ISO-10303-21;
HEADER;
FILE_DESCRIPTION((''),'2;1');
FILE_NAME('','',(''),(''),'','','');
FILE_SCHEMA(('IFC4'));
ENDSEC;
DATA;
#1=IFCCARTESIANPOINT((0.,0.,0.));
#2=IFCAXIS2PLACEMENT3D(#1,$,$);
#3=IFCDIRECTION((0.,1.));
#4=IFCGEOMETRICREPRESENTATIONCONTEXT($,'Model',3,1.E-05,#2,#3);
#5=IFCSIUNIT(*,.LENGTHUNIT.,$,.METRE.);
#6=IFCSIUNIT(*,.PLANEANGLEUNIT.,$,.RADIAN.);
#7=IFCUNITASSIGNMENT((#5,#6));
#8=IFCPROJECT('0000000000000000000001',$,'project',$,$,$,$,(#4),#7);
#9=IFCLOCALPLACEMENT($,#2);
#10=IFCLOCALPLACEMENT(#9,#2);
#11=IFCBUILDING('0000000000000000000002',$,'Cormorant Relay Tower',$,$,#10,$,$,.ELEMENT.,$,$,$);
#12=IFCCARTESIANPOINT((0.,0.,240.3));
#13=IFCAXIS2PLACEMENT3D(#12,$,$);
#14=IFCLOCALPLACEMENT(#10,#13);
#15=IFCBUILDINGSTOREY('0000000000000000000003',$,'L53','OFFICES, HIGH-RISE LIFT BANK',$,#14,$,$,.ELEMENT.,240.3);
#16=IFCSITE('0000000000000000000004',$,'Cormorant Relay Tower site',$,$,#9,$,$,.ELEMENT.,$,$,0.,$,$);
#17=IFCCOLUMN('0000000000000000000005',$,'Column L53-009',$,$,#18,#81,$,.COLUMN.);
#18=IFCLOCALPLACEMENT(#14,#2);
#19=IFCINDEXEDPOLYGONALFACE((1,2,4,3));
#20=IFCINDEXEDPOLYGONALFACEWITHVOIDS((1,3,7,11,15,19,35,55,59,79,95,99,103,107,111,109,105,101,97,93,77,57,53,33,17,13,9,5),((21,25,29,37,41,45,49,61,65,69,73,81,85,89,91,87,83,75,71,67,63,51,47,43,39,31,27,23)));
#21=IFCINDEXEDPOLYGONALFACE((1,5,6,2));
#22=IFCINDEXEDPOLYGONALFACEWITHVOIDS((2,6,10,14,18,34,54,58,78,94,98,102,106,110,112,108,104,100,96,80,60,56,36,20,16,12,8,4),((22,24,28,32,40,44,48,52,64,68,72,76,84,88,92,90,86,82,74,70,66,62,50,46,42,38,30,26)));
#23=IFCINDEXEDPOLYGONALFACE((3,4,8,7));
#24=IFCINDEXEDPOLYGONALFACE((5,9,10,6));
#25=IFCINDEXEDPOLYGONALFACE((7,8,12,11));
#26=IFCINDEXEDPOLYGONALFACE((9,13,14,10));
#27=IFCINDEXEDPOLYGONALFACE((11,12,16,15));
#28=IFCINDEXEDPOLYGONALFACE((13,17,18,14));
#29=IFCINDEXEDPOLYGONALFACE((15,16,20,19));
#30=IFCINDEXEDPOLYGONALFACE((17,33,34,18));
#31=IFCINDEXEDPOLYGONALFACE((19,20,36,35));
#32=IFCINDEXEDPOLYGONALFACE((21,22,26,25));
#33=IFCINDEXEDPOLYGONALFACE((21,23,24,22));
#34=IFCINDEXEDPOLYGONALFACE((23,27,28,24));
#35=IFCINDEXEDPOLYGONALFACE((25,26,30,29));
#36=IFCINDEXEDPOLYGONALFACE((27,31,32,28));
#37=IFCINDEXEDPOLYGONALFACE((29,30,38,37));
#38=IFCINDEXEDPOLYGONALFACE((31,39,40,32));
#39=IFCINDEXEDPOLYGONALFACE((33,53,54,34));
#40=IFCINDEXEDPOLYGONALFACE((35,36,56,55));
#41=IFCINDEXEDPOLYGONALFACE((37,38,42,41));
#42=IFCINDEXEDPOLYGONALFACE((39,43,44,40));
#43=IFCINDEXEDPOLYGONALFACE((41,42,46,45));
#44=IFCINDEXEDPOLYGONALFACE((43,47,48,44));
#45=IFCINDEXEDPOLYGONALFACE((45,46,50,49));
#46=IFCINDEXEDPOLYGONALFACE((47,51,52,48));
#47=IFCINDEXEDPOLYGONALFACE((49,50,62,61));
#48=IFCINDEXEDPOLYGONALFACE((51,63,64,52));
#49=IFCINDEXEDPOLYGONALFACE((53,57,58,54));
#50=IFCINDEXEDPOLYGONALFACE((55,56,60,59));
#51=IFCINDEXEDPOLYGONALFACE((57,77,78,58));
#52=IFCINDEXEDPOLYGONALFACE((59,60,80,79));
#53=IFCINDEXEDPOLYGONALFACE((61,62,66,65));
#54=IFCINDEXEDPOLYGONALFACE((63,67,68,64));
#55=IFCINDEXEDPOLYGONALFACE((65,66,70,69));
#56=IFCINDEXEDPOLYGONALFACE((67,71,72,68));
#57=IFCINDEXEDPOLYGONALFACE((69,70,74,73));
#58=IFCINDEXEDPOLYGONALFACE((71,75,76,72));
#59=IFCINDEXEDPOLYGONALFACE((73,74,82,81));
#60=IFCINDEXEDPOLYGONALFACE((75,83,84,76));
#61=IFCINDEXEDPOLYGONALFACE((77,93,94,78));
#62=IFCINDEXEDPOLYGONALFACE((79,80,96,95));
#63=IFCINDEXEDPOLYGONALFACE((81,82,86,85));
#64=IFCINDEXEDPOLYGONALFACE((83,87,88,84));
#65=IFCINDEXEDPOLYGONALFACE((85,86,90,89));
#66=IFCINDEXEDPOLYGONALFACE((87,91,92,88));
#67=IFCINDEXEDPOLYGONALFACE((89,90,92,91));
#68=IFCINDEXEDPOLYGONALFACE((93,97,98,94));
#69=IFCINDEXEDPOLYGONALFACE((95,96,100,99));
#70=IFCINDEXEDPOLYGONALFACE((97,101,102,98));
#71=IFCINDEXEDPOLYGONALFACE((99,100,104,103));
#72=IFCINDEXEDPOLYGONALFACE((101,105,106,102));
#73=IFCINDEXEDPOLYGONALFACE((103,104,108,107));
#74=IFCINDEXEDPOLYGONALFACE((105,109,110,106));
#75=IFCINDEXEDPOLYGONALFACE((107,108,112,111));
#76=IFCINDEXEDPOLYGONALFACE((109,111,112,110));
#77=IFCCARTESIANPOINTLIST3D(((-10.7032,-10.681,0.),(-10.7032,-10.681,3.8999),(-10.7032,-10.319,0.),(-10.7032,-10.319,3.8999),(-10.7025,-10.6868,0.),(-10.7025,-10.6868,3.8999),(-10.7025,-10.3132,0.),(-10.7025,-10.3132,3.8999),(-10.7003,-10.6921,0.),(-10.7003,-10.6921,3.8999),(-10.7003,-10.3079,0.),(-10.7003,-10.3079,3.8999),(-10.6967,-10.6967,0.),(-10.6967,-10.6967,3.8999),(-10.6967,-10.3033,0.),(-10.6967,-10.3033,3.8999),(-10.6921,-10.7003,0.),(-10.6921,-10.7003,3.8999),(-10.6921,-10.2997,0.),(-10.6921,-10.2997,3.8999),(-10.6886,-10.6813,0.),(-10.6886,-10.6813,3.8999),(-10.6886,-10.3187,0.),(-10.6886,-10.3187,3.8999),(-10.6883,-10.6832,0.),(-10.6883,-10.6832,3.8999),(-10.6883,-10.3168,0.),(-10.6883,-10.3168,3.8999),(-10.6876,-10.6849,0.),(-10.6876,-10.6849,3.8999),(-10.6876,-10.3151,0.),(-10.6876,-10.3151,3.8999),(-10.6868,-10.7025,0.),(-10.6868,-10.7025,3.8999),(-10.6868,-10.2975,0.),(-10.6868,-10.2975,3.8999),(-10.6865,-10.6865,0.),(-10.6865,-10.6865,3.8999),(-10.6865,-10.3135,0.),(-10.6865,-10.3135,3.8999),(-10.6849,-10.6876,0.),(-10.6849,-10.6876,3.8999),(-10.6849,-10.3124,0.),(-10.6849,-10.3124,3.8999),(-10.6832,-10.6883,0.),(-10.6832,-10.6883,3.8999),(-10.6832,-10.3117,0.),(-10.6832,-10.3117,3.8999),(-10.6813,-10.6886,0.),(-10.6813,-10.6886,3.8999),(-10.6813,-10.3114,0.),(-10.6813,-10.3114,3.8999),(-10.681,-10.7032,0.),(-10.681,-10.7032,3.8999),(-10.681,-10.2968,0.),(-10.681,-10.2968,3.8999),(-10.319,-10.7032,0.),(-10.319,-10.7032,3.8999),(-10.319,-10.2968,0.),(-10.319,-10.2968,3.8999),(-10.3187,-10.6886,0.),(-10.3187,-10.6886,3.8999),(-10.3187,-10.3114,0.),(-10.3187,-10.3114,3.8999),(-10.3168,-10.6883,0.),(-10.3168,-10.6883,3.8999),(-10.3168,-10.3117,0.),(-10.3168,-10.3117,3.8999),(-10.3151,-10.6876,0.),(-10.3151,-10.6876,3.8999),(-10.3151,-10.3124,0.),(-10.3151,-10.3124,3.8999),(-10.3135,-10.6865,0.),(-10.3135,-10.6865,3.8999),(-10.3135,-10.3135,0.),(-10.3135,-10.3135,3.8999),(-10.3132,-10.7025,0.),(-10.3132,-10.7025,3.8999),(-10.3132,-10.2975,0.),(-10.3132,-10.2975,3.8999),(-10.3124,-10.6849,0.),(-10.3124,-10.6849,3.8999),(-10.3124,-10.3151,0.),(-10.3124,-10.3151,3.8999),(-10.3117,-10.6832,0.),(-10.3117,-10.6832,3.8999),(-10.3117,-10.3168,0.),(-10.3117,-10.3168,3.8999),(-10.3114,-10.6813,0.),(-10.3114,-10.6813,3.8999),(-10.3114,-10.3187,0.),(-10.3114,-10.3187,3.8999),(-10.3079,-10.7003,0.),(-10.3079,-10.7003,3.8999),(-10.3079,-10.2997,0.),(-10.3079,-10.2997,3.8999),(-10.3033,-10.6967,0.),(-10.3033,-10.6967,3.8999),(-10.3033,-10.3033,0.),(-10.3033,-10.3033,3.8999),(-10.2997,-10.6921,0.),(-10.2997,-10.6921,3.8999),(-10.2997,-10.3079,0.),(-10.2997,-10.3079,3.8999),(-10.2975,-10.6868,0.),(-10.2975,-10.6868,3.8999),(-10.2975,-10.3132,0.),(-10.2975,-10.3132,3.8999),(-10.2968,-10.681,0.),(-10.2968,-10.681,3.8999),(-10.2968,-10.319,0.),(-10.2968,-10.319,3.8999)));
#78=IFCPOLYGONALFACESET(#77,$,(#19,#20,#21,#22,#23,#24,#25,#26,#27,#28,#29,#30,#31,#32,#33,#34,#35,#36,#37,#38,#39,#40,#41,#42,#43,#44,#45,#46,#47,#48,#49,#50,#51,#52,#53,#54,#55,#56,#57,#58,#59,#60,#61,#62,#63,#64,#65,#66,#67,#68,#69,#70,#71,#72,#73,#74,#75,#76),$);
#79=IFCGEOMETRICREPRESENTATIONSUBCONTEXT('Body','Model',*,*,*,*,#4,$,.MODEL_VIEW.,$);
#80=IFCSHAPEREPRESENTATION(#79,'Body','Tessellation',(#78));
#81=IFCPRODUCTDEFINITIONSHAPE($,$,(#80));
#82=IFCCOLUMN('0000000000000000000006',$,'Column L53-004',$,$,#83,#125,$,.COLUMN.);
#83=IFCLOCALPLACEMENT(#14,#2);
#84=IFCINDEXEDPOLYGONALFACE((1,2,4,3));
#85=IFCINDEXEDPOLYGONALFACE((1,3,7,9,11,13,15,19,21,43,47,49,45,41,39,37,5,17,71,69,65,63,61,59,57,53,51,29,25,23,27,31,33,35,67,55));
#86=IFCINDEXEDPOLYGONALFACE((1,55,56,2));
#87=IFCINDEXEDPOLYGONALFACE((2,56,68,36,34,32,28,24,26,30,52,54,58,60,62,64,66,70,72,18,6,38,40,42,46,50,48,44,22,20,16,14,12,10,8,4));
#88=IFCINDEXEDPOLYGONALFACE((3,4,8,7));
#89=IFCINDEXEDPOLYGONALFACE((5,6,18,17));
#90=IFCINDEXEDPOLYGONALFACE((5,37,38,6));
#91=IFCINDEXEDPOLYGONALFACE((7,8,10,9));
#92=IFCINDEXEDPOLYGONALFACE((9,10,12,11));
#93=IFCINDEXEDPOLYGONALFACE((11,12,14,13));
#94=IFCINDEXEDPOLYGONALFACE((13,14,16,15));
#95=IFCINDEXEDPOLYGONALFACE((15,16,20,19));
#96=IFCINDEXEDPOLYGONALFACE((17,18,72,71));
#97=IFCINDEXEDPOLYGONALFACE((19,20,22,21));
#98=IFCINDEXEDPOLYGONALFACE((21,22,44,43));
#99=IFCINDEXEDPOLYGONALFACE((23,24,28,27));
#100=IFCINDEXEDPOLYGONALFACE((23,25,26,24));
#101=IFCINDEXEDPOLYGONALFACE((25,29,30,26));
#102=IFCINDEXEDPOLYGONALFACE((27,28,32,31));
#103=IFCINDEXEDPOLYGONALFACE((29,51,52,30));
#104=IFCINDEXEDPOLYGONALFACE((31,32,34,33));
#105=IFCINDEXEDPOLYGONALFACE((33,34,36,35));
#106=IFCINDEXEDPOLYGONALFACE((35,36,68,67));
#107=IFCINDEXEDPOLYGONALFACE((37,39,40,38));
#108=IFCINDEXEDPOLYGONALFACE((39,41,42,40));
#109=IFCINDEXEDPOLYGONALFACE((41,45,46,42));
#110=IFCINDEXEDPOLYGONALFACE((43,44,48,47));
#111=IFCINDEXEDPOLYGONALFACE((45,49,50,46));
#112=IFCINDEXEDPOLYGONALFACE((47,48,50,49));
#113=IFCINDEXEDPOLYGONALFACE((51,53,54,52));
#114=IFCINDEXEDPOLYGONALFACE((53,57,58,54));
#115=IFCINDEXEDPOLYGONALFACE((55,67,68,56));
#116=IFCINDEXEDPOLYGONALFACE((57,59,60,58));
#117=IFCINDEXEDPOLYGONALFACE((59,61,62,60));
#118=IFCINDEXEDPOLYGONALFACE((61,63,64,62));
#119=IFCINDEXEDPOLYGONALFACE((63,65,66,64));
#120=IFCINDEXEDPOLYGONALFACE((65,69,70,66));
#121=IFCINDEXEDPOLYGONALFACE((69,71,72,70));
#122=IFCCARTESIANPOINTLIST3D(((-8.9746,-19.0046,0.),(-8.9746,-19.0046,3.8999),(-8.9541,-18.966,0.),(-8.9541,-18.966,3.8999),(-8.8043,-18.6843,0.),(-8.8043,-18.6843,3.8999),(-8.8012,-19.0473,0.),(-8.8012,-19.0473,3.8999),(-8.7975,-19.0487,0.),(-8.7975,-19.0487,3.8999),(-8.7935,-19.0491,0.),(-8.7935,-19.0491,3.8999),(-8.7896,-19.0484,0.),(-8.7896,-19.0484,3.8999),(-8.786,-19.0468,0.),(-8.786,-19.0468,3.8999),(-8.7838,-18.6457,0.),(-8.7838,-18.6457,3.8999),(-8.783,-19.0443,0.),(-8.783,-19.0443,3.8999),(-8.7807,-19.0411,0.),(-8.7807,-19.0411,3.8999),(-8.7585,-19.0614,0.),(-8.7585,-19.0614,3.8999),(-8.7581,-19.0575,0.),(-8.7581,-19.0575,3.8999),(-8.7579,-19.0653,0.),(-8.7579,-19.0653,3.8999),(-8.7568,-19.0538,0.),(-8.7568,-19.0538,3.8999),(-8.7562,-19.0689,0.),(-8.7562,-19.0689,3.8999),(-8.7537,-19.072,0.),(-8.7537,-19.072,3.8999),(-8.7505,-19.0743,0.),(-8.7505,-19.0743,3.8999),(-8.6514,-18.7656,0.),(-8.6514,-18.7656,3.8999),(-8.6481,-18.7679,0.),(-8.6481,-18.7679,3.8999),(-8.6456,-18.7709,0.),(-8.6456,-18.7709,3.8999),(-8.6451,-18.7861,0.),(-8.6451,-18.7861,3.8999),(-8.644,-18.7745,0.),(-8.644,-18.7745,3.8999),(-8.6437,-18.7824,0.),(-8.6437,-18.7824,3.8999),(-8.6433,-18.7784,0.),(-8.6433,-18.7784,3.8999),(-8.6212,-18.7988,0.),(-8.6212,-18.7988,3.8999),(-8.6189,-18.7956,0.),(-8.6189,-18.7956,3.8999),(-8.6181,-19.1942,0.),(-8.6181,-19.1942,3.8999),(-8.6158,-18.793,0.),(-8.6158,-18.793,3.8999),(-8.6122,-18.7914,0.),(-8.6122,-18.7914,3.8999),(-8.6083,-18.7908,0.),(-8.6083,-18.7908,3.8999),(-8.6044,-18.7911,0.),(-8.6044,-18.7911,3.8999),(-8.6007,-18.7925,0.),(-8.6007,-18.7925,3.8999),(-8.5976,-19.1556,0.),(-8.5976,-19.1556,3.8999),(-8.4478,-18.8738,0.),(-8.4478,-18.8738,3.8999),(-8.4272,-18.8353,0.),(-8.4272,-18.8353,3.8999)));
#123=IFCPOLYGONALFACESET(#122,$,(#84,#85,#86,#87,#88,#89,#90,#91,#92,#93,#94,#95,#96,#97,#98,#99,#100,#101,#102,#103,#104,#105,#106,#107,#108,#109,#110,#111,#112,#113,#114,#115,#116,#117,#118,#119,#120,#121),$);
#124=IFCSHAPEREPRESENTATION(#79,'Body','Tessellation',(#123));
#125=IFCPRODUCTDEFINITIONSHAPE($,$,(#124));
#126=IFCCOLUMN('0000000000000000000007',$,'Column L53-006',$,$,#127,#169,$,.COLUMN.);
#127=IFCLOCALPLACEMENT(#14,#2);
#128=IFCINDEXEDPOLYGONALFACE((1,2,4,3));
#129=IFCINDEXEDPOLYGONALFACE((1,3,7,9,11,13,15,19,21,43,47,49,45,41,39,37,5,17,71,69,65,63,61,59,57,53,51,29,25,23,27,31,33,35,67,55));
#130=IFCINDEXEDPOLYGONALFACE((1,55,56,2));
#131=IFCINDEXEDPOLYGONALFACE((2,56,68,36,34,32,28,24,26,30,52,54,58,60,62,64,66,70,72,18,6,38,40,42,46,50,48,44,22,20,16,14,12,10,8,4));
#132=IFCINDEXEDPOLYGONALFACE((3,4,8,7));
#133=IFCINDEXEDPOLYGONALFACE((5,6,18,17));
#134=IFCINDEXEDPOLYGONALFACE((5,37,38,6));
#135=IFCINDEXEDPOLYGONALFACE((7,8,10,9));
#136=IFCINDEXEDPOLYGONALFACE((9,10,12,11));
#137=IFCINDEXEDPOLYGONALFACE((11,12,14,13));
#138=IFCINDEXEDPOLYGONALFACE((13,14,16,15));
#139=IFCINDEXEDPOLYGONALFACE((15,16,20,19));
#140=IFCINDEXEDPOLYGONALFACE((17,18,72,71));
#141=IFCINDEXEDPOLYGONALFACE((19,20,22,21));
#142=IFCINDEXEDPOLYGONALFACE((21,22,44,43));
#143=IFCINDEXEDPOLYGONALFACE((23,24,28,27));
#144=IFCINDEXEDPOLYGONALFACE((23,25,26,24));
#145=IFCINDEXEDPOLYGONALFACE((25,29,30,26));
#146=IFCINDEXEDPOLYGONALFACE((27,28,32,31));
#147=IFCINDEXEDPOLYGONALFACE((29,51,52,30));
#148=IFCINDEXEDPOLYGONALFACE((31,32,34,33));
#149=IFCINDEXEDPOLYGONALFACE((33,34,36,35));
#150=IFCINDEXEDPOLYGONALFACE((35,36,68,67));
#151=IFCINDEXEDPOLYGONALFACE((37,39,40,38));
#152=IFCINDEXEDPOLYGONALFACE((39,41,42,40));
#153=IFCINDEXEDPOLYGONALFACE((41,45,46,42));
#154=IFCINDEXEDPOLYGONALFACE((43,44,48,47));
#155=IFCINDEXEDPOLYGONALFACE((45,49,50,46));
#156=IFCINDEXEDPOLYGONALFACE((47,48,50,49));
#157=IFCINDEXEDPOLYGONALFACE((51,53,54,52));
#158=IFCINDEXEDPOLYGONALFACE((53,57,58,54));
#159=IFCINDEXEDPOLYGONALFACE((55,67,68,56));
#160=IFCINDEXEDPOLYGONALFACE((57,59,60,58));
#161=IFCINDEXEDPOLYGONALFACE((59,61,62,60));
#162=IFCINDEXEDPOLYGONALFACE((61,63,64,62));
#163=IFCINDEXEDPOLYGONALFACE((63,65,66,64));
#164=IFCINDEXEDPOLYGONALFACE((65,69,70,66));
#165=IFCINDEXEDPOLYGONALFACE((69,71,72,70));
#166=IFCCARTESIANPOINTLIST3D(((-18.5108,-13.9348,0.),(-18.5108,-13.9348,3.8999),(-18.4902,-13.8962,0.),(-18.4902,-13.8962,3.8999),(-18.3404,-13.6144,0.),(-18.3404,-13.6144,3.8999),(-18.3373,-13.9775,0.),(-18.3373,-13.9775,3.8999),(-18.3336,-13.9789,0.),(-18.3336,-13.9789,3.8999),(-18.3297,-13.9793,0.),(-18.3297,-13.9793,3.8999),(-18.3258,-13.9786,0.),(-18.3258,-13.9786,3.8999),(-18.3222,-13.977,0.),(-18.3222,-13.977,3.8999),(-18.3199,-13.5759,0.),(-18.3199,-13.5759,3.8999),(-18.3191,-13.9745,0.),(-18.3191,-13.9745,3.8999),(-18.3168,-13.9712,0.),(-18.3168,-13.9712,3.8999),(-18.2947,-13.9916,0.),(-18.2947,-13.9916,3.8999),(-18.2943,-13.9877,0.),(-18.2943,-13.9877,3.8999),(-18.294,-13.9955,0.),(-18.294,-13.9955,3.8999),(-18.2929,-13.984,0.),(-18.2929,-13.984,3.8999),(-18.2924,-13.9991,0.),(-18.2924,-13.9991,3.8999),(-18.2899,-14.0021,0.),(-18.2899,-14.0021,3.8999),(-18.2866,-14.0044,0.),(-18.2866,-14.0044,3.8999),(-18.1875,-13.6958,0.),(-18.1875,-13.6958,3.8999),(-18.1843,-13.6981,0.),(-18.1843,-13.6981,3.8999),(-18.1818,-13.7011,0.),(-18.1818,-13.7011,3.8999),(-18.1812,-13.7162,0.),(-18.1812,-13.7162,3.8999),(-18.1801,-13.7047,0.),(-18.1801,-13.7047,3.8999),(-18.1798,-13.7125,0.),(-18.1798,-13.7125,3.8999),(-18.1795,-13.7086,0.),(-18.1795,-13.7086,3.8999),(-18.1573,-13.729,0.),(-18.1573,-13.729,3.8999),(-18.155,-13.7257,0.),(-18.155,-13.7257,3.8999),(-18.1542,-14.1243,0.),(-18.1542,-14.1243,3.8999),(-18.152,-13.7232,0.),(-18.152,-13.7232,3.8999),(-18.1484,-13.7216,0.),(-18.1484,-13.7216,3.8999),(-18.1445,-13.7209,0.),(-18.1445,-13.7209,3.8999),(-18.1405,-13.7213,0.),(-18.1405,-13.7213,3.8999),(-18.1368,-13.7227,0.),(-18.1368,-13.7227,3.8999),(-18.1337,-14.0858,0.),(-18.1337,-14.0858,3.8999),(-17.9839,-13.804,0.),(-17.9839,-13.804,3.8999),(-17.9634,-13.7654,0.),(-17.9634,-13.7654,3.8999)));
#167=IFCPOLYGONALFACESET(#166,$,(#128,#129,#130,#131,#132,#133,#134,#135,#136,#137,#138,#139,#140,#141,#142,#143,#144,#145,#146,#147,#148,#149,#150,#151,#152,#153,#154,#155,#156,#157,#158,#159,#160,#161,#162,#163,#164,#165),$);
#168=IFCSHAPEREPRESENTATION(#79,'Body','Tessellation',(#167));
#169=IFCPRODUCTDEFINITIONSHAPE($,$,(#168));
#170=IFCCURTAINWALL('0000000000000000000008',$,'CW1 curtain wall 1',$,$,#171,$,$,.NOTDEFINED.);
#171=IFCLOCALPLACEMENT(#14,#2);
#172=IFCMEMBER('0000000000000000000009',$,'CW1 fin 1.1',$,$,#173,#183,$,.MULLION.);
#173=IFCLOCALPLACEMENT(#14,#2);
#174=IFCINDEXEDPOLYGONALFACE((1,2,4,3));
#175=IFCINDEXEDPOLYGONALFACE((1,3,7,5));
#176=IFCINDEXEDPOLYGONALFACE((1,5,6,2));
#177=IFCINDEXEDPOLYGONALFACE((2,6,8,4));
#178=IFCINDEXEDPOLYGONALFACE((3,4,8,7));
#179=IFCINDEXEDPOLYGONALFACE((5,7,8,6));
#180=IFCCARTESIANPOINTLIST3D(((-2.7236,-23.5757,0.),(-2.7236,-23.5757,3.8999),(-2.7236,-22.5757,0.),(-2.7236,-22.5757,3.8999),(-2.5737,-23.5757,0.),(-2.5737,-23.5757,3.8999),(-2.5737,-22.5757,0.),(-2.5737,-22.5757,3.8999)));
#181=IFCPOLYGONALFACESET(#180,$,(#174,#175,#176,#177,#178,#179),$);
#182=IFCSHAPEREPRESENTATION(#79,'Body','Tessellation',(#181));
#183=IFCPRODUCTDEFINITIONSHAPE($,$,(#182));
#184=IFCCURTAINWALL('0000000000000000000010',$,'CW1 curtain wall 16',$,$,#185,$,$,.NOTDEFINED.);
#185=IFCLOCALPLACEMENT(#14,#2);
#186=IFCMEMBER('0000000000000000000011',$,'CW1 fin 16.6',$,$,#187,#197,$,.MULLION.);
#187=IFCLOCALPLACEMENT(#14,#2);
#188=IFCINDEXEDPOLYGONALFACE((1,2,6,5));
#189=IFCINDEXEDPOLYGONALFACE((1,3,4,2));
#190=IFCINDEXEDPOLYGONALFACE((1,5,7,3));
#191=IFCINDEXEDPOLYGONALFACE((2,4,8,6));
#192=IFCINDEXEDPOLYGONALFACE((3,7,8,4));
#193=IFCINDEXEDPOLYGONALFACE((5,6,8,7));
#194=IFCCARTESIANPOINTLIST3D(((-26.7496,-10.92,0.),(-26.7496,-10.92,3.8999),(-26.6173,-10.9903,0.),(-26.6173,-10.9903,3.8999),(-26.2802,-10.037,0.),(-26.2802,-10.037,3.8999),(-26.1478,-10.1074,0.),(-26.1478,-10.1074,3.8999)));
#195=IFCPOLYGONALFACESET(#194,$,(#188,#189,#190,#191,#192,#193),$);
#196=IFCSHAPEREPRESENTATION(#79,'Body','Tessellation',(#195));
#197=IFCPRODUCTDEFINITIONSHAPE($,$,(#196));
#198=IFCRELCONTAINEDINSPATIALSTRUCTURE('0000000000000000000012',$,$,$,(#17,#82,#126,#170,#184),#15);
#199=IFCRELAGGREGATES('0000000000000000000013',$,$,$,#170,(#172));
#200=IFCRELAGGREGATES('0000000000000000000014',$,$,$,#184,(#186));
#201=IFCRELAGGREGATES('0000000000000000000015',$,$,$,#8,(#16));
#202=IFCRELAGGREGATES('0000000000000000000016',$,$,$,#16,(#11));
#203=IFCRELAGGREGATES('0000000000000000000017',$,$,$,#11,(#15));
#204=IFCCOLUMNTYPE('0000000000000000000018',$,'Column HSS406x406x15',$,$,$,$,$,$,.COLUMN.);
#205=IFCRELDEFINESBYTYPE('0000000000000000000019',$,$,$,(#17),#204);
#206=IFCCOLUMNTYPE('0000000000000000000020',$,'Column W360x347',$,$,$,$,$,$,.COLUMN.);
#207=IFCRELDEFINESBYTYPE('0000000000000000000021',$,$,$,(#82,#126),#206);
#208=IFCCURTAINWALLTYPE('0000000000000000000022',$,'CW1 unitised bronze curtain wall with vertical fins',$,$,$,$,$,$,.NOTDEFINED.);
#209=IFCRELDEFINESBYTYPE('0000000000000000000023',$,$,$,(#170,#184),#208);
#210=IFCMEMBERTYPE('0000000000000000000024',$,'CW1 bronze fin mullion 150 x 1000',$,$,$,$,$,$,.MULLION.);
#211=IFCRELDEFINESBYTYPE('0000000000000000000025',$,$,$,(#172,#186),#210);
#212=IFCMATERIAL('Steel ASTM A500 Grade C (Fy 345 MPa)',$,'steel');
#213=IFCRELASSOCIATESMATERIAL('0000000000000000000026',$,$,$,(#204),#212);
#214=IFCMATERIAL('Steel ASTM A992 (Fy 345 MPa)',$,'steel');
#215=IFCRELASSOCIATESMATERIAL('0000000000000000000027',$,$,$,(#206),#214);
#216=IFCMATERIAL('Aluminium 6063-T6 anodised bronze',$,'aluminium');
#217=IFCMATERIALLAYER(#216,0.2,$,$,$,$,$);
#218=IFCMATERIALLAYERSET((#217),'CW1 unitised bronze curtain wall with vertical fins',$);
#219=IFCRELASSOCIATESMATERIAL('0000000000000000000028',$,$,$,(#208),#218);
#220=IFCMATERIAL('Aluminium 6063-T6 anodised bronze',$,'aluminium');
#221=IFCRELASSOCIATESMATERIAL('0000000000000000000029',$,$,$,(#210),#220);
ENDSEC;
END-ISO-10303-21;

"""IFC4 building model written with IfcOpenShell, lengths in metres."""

from ifc_helpers import new_model, si_unit, direction, frame, origin, origin_2d, place, context, subcontext, project, spatial, rectangle, hollow_rectangle, i_section, extrude, material, layer, layer_set, material_profile, profile_set, type_object, element, aggregate, save


model = new_model("IFC4")

# Units and contexts
model_context = context("Model", 3, precision=1e-05, world=origin(), true_north=direction((0.0, 1.0)))
body_context = subcontext(model_context, "Body", "Model", "MODEL_VIEW")
ifc_project = project(units=[si_unit("LENGTHUNIT", "METRE"), si_unit("PLANEANGLEUNIT", "RADIAN")], contexts=[model_context])

# Site, building, storey
site_placement = place(None, origin())
site = spatial("IfcSite", under=ifc_project, at=site_placement, Name="Cormorant Relay Tower site", CompositionType="ELEMENT", RefElevation=0.0)
building_placement = place(site_placement, origin())
building = spatial("IfcBuilding", under=site, at=building_placement, Name="Cormorant Relay Tower", CompositionType="ELEMENT")
storey_placement = place(building_placement, frame((0.0, 0.0, 240.3)))
storey = spatial("IfcBuildingStorey", under=building, at=storey_placement, Name="L53", Description="OFFICES, HIGH-RISE LIFT BANK", CompositionType="ELEMENT", Elevation=240.3)

# Columns
ifc_material_1 = material(Name="Steel ASTM A500 Grade C (Fy 345 MPa)", Category="steel")
ifc_material_profile_1 = material_profile(ifc_material_1, hollow_rectangle(XDim=0.4065, YDim=0.4065, WallThickness=0.0146, InnerFilletRadius=0.0073, OuterFilletRadius=0.0222, at=origin_2d()), Name="HSS406x406x15")
ifc_profile_set_1 = profile_set([ifc_material_profile_1], Name="Steel ASTM A500 Grade C (Fy 345 MPa)")
column_type_1 = type_object("IfcColumnType", Name="Column HSS406x406x15", PredefinedType="COLUMN", material=ifc_profile_set_1)
column_placement = place(storey_placement, frame((-10.5, -10.5, 0.0), z_axis=(0.0, 0.0, 1.0), x_axis=(1.0, 0.0, 0.0)))
element("IfcColumn", 1, at=column_placement, inside=storey, type_object=column_type_1, Name="Column L53-009", PredefinedType="COLUMN", context=body_context, shape_type="SweptSolid", body=[
    extrude(hollow_rectangle(XDim=0.4065, YDim=0.4065, WallThickness=0.0146, InnerFilletRadius=0.0073, OuterFilletRadius=0.0222, at=origin_2d()), origin(), (0.0, 0.0, 1.0), 3.8999),
])
ifc_material_2 = material(Name="Steel ASTM A992 (Fy 345 MPa)", Category="steel")
ifc_material_profile_2 = material_profile(ifc_material_2, i_section(OverallWidth=0.4038, OverallDepth=0.4065, WebThickness=0.0271, FlangeThickness=0.0437, FilletRadius=0.0151, at=origin_2d()), Name="W360x347")
ifc_profile_set_2 = profile_set([ifc_material_profile_2], Name="Steel ASTM A992 (Fy 345 MPa)")
column_type_2 = type_object("IfcColumnType", Name="Column W360x347", PredefinedType="COLUMN", material=ifc_profile_set_2)
for number, where, z_axis, x_axis, name in (
    (2, (-8.7009, -18.9199, 0.0), (0.0, 0.0, 1.0), (0.882948, -0.469472, 0.0), "Column L53-004"),
    (3, (-18.2371, -13.8501, 0.0), (0.0, 0.0, 1.0), (0.882948, -0.469472, 0.0), "Column L53-006"),
):
    element("IfcColumn", number, at=place(storey_placement, frame(where, z_axis=z_axis, x_axis=x_axis)), inside=storey, type_object=column_type_2, Name=name, PredefinedType="COLUMN", context=body_context, shape_type="SweptSolid", body=[
        extrude(i_section(OverallWidth=0.4038, OverallDepth=0.4065, WebThickness=0.0271, FlangeThickness=0.0437, FilletRadius=0.0151, at=origin_2d()), origin(), (0.0, 0.0, 1.0), 3.8999),
    ])

# Curtain wall, member
ifc_material_3 = material(Name="Aluminium 6063-T6 anodised bronze", Category="aluminium")
ifc_layer_1 = layer(ifc_material_3, 0.2)
ifc_layer_set_1 = layer_set([ifc_layer_1], Name="CW1 unitised bronze curtain wall with vertical fins")
curtain_wall_type = type_object("IfcCurtainWallType", Name="CW1 unitised bronze curtain wall with vertical fins", PredefinedType="NOTDEFINED", material=ifc_layer_set_1)
curtain_wall_1_placement = place(storey_placement, origin())
curtain_wall_1 = element("IfcCurtainWall", 4, at=curtain_wall_1_placement, inside=storey, type_object=curtain_wall_type, Name="CW1 curtain wall 1", PredefinedType="NOTDEFINED")
ifc_material_4 = material(Name="Aluminium 6063-T6 anodised bronze", Category="aluminium")
ifc_material_profile_3 = material_profile(ifc_material_4, rectangle(XDim=0.1499, YDim=1.0, at=origin_2d()), Name="AL 150x1000")
ifc_profile_set_3 = profile_set([ifc_material_profile_3], Name="Aluminium 6063-T6 anodised bronze")
member_type_1 = type_object("IfcMemberType", Name="CW1 bronze fin mullion 150 x 1000", PredefinedType="MULLION", material=ifc_profile_set_3)
member_1_placement = place(storey_placement, frame((-2.6487, -23.0757, 0.0), z_axis=(0.0, 0.0, 1.0), x_axis=(1.0, 0.0, 0.0)))
member_1 = element("IfcMember", 5, at=member_1_placement, type_object=member_type_1, Name="CW1 fin 1.1", PredefinedType="MULLION", context=body_context, shape_type="SweptSolid", body=[
    extrude(rectangle(XDim=0.1499, YDim=1.0, at=origin_2d()), origin(), (0.0, 0.0, 1.0), 3.8999),
])

# Curtain wall, member
curtain_wall_2_placement = place(storey_placement, origin())
curtain_wall_2 = element("IfcCurtainWall", 6, at=curtain_wall_2_placement, inside=storey, type_object=curtain_wall_type, Name="CW1 curtain wall 16", PredefinedType="NOTDEFINED")
member_2_placement = place(storey_placement, frame((-26.4487, -10.5137, 0.0), z_axis=(0.0, 0.0, 1.0), x_axis=(0.882948, -0.469472, 0.0)))
member_2 = element("IfcMember", 7, at=member_2_placement, type_object=member_type_1, Name="CW1 fin 16.6", PredefinedType="MULLION", context=body_context, shape_type="SweptSolid", body=[
    extrude(rectangle(XDim=0.1499, YDim=1.0, at=origin_2d()), origin(), (0.0, 0.0, 1.0), 3.8999),
])

aggregate(curtain_wall_1, [member_1])

aggregate(curtain_wall_2, [member_2])

save(model, "model.ifc")
